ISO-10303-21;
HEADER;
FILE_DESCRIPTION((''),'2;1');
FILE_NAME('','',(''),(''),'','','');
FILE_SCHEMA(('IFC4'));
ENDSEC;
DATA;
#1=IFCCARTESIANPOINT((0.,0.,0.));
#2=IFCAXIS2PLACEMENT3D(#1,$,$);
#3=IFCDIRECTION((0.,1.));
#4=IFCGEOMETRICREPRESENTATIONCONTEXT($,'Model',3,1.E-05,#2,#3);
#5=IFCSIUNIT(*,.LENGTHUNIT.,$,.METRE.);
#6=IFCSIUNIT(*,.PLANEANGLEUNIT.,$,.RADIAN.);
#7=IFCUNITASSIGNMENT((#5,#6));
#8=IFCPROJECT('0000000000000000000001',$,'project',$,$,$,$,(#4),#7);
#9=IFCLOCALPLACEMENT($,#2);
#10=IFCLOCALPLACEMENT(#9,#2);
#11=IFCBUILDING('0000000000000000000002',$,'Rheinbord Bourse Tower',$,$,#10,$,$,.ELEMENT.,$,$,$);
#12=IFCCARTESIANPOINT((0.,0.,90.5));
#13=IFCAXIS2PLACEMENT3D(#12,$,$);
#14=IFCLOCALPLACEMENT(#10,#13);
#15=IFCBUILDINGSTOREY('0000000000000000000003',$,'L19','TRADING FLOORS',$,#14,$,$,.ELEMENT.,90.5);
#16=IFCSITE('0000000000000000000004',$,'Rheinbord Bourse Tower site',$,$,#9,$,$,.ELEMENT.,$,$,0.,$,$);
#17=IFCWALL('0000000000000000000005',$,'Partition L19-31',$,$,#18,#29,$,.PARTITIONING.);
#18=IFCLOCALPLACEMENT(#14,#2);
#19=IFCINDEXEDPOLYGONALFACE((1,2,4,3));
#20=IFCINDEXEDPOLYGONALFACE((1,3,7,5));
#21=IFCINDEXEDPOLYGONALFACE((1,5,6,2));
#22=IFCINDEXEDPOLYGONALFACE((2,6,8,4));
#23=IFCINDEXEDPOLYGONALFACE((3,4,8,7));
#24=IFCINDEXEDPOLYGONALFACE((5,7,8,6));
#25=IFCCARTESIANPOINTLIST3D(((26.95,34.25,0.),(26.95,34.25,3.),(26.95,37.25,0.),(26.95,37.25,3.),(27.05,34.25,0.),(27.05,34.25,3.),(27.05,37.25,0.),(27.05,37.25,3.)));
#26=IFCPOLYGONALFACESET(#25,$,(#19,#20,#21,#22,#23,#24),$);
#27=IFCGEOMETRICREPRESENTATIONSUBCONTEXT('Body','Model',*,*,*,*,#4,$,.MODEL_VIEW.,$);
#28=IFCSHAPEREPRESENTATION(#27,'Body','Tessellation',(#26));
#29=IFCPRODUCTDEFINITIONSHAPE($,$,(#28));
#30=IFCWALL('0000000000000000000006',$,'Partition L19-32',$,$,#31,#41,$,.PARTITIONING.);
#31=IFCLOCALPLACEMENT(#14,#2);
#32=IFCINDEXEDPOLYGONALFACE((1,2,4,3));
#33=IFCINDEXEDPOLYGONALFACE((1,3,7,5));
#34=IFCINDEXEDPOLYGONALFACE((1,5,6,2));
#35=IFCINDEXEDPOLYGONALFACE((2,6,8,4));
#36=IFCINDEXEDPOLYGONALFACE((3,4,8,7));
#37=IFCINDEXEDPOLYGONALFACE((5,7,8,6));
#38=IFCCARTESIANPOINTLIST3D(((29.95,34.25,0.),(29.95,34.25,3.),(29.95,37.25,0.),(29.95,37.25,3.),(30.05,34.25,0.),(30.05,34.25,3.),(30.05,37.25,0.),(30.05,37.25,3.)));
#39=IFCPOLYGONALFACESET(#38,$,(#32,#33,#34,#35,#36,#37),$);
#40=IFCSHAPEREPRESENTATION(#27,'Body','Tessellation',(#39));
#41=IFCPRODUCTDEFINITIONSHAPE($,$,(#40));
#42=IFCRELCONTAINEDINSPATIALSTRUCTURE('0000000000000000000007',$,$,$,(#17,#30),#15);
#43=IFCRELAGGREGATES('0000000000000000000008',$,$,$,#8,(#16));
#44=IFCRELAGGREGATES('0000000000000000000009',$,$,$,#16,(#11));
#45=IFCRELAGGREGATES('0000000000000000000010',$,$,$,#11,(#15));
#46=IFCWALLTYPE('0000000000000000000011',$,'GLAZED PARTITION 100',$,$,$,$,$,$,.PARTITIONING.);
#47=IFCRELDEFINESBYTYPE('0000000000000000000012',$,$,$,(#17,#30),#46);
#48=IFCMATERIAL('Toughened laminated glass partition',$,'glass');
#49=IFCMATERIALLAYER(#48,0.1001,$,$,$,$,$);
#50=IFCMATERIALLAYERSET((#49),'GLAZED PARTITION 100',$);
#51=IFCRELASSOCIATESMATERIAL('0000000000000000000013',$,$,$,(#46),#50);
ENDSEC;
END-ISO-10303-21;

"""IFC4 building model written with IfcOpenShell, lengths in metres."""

from ifc_helpers import new_model, si_unit, direction, frame, frame_2d, origin, place, context, subcontext, project, spatial, rectangle, extrude, material, layer, layer_set, type_object, element, save


model = new_model("IFC4")

# Units and contexts
model_context = context("Model", 3, precision=1e-05, world=origin(), true_north=direction((0.0, 1.0)))
body_context = subcontext(model_context, "Body", "Model", "MODEL_VIEW")
ifc_project = project(units=[si_unit("LENGTHUNIT", "METRE"), si_unit("PLANEANGLEUNIT", "RADIAN")], contexts=[model_context])

# Site, building, storey
site_placement = place(None, origin())
site = spatial("IfcSite", under=ifc_project, at=site_placement, Name="Rheinbord Bourse Tower site", CompositionType="ELEMENT", RefElevation=0.0)
building_placement = place(site_placement, origin())
building = spatial("IfcBuilding", under=site, at=building_placement, Name="Rheinbord Bourse Tower", CompositionType="ELEMENT")
storey_placement = place(building_placement, frame((0.0, 0.0, 90.5)))
storey = spatial("IfcBuildingStorey", under=building, at=storey_placement, Name="L19", Description="TRADING FLOORS", CompositionType="ELEMENT", Elevation=90.5)

# Shared definitions
ifc_material_1 = material(Name="Toughened laminated glass partition", Category="glass")
ifc_layer_1 = layer(ifc_material_1, 0.1001)
ifc_layer_set_1 = layer_set([ifc_layer_1], Name="GLAZED PARTITION 100")
wall_type = type_object("IfcWallType", Name="GLAZED PARTITION 100", PredefinedType="PARTITIONING", material=ifc_layer_set_1)

# Walls
for number, where, z_axis, x_axis, name in (
    (1, (27.0, 34.25, 0.0), (0.0, 0.0, 1.0), (0.0, 1.0, 0.0), "Partition L19-31"),
    (2, (30.0, 34.25, 0.0), (0.0, 0.0, 1.0), (0.0, 1.0, 0.0), "Partition L19-32"),
):
    element("IfcWall", number, at=place(storey_placement, frame(where, z_axis=z_axis, x_axis=x_axis)), inside=storey, type_object=wall_type, Name=name, PredefinedType="PARTITIONING", context=body_context, shape_type="SweptSolid", body=[
        extrude(rectangle(XDim=3.0, YDim=0.1001, at=frame_2d((1.5, 0.0))), origin(), (0.0, 0.0, 1.0), 3.0),
    ])

save(model, "model.ifc")
